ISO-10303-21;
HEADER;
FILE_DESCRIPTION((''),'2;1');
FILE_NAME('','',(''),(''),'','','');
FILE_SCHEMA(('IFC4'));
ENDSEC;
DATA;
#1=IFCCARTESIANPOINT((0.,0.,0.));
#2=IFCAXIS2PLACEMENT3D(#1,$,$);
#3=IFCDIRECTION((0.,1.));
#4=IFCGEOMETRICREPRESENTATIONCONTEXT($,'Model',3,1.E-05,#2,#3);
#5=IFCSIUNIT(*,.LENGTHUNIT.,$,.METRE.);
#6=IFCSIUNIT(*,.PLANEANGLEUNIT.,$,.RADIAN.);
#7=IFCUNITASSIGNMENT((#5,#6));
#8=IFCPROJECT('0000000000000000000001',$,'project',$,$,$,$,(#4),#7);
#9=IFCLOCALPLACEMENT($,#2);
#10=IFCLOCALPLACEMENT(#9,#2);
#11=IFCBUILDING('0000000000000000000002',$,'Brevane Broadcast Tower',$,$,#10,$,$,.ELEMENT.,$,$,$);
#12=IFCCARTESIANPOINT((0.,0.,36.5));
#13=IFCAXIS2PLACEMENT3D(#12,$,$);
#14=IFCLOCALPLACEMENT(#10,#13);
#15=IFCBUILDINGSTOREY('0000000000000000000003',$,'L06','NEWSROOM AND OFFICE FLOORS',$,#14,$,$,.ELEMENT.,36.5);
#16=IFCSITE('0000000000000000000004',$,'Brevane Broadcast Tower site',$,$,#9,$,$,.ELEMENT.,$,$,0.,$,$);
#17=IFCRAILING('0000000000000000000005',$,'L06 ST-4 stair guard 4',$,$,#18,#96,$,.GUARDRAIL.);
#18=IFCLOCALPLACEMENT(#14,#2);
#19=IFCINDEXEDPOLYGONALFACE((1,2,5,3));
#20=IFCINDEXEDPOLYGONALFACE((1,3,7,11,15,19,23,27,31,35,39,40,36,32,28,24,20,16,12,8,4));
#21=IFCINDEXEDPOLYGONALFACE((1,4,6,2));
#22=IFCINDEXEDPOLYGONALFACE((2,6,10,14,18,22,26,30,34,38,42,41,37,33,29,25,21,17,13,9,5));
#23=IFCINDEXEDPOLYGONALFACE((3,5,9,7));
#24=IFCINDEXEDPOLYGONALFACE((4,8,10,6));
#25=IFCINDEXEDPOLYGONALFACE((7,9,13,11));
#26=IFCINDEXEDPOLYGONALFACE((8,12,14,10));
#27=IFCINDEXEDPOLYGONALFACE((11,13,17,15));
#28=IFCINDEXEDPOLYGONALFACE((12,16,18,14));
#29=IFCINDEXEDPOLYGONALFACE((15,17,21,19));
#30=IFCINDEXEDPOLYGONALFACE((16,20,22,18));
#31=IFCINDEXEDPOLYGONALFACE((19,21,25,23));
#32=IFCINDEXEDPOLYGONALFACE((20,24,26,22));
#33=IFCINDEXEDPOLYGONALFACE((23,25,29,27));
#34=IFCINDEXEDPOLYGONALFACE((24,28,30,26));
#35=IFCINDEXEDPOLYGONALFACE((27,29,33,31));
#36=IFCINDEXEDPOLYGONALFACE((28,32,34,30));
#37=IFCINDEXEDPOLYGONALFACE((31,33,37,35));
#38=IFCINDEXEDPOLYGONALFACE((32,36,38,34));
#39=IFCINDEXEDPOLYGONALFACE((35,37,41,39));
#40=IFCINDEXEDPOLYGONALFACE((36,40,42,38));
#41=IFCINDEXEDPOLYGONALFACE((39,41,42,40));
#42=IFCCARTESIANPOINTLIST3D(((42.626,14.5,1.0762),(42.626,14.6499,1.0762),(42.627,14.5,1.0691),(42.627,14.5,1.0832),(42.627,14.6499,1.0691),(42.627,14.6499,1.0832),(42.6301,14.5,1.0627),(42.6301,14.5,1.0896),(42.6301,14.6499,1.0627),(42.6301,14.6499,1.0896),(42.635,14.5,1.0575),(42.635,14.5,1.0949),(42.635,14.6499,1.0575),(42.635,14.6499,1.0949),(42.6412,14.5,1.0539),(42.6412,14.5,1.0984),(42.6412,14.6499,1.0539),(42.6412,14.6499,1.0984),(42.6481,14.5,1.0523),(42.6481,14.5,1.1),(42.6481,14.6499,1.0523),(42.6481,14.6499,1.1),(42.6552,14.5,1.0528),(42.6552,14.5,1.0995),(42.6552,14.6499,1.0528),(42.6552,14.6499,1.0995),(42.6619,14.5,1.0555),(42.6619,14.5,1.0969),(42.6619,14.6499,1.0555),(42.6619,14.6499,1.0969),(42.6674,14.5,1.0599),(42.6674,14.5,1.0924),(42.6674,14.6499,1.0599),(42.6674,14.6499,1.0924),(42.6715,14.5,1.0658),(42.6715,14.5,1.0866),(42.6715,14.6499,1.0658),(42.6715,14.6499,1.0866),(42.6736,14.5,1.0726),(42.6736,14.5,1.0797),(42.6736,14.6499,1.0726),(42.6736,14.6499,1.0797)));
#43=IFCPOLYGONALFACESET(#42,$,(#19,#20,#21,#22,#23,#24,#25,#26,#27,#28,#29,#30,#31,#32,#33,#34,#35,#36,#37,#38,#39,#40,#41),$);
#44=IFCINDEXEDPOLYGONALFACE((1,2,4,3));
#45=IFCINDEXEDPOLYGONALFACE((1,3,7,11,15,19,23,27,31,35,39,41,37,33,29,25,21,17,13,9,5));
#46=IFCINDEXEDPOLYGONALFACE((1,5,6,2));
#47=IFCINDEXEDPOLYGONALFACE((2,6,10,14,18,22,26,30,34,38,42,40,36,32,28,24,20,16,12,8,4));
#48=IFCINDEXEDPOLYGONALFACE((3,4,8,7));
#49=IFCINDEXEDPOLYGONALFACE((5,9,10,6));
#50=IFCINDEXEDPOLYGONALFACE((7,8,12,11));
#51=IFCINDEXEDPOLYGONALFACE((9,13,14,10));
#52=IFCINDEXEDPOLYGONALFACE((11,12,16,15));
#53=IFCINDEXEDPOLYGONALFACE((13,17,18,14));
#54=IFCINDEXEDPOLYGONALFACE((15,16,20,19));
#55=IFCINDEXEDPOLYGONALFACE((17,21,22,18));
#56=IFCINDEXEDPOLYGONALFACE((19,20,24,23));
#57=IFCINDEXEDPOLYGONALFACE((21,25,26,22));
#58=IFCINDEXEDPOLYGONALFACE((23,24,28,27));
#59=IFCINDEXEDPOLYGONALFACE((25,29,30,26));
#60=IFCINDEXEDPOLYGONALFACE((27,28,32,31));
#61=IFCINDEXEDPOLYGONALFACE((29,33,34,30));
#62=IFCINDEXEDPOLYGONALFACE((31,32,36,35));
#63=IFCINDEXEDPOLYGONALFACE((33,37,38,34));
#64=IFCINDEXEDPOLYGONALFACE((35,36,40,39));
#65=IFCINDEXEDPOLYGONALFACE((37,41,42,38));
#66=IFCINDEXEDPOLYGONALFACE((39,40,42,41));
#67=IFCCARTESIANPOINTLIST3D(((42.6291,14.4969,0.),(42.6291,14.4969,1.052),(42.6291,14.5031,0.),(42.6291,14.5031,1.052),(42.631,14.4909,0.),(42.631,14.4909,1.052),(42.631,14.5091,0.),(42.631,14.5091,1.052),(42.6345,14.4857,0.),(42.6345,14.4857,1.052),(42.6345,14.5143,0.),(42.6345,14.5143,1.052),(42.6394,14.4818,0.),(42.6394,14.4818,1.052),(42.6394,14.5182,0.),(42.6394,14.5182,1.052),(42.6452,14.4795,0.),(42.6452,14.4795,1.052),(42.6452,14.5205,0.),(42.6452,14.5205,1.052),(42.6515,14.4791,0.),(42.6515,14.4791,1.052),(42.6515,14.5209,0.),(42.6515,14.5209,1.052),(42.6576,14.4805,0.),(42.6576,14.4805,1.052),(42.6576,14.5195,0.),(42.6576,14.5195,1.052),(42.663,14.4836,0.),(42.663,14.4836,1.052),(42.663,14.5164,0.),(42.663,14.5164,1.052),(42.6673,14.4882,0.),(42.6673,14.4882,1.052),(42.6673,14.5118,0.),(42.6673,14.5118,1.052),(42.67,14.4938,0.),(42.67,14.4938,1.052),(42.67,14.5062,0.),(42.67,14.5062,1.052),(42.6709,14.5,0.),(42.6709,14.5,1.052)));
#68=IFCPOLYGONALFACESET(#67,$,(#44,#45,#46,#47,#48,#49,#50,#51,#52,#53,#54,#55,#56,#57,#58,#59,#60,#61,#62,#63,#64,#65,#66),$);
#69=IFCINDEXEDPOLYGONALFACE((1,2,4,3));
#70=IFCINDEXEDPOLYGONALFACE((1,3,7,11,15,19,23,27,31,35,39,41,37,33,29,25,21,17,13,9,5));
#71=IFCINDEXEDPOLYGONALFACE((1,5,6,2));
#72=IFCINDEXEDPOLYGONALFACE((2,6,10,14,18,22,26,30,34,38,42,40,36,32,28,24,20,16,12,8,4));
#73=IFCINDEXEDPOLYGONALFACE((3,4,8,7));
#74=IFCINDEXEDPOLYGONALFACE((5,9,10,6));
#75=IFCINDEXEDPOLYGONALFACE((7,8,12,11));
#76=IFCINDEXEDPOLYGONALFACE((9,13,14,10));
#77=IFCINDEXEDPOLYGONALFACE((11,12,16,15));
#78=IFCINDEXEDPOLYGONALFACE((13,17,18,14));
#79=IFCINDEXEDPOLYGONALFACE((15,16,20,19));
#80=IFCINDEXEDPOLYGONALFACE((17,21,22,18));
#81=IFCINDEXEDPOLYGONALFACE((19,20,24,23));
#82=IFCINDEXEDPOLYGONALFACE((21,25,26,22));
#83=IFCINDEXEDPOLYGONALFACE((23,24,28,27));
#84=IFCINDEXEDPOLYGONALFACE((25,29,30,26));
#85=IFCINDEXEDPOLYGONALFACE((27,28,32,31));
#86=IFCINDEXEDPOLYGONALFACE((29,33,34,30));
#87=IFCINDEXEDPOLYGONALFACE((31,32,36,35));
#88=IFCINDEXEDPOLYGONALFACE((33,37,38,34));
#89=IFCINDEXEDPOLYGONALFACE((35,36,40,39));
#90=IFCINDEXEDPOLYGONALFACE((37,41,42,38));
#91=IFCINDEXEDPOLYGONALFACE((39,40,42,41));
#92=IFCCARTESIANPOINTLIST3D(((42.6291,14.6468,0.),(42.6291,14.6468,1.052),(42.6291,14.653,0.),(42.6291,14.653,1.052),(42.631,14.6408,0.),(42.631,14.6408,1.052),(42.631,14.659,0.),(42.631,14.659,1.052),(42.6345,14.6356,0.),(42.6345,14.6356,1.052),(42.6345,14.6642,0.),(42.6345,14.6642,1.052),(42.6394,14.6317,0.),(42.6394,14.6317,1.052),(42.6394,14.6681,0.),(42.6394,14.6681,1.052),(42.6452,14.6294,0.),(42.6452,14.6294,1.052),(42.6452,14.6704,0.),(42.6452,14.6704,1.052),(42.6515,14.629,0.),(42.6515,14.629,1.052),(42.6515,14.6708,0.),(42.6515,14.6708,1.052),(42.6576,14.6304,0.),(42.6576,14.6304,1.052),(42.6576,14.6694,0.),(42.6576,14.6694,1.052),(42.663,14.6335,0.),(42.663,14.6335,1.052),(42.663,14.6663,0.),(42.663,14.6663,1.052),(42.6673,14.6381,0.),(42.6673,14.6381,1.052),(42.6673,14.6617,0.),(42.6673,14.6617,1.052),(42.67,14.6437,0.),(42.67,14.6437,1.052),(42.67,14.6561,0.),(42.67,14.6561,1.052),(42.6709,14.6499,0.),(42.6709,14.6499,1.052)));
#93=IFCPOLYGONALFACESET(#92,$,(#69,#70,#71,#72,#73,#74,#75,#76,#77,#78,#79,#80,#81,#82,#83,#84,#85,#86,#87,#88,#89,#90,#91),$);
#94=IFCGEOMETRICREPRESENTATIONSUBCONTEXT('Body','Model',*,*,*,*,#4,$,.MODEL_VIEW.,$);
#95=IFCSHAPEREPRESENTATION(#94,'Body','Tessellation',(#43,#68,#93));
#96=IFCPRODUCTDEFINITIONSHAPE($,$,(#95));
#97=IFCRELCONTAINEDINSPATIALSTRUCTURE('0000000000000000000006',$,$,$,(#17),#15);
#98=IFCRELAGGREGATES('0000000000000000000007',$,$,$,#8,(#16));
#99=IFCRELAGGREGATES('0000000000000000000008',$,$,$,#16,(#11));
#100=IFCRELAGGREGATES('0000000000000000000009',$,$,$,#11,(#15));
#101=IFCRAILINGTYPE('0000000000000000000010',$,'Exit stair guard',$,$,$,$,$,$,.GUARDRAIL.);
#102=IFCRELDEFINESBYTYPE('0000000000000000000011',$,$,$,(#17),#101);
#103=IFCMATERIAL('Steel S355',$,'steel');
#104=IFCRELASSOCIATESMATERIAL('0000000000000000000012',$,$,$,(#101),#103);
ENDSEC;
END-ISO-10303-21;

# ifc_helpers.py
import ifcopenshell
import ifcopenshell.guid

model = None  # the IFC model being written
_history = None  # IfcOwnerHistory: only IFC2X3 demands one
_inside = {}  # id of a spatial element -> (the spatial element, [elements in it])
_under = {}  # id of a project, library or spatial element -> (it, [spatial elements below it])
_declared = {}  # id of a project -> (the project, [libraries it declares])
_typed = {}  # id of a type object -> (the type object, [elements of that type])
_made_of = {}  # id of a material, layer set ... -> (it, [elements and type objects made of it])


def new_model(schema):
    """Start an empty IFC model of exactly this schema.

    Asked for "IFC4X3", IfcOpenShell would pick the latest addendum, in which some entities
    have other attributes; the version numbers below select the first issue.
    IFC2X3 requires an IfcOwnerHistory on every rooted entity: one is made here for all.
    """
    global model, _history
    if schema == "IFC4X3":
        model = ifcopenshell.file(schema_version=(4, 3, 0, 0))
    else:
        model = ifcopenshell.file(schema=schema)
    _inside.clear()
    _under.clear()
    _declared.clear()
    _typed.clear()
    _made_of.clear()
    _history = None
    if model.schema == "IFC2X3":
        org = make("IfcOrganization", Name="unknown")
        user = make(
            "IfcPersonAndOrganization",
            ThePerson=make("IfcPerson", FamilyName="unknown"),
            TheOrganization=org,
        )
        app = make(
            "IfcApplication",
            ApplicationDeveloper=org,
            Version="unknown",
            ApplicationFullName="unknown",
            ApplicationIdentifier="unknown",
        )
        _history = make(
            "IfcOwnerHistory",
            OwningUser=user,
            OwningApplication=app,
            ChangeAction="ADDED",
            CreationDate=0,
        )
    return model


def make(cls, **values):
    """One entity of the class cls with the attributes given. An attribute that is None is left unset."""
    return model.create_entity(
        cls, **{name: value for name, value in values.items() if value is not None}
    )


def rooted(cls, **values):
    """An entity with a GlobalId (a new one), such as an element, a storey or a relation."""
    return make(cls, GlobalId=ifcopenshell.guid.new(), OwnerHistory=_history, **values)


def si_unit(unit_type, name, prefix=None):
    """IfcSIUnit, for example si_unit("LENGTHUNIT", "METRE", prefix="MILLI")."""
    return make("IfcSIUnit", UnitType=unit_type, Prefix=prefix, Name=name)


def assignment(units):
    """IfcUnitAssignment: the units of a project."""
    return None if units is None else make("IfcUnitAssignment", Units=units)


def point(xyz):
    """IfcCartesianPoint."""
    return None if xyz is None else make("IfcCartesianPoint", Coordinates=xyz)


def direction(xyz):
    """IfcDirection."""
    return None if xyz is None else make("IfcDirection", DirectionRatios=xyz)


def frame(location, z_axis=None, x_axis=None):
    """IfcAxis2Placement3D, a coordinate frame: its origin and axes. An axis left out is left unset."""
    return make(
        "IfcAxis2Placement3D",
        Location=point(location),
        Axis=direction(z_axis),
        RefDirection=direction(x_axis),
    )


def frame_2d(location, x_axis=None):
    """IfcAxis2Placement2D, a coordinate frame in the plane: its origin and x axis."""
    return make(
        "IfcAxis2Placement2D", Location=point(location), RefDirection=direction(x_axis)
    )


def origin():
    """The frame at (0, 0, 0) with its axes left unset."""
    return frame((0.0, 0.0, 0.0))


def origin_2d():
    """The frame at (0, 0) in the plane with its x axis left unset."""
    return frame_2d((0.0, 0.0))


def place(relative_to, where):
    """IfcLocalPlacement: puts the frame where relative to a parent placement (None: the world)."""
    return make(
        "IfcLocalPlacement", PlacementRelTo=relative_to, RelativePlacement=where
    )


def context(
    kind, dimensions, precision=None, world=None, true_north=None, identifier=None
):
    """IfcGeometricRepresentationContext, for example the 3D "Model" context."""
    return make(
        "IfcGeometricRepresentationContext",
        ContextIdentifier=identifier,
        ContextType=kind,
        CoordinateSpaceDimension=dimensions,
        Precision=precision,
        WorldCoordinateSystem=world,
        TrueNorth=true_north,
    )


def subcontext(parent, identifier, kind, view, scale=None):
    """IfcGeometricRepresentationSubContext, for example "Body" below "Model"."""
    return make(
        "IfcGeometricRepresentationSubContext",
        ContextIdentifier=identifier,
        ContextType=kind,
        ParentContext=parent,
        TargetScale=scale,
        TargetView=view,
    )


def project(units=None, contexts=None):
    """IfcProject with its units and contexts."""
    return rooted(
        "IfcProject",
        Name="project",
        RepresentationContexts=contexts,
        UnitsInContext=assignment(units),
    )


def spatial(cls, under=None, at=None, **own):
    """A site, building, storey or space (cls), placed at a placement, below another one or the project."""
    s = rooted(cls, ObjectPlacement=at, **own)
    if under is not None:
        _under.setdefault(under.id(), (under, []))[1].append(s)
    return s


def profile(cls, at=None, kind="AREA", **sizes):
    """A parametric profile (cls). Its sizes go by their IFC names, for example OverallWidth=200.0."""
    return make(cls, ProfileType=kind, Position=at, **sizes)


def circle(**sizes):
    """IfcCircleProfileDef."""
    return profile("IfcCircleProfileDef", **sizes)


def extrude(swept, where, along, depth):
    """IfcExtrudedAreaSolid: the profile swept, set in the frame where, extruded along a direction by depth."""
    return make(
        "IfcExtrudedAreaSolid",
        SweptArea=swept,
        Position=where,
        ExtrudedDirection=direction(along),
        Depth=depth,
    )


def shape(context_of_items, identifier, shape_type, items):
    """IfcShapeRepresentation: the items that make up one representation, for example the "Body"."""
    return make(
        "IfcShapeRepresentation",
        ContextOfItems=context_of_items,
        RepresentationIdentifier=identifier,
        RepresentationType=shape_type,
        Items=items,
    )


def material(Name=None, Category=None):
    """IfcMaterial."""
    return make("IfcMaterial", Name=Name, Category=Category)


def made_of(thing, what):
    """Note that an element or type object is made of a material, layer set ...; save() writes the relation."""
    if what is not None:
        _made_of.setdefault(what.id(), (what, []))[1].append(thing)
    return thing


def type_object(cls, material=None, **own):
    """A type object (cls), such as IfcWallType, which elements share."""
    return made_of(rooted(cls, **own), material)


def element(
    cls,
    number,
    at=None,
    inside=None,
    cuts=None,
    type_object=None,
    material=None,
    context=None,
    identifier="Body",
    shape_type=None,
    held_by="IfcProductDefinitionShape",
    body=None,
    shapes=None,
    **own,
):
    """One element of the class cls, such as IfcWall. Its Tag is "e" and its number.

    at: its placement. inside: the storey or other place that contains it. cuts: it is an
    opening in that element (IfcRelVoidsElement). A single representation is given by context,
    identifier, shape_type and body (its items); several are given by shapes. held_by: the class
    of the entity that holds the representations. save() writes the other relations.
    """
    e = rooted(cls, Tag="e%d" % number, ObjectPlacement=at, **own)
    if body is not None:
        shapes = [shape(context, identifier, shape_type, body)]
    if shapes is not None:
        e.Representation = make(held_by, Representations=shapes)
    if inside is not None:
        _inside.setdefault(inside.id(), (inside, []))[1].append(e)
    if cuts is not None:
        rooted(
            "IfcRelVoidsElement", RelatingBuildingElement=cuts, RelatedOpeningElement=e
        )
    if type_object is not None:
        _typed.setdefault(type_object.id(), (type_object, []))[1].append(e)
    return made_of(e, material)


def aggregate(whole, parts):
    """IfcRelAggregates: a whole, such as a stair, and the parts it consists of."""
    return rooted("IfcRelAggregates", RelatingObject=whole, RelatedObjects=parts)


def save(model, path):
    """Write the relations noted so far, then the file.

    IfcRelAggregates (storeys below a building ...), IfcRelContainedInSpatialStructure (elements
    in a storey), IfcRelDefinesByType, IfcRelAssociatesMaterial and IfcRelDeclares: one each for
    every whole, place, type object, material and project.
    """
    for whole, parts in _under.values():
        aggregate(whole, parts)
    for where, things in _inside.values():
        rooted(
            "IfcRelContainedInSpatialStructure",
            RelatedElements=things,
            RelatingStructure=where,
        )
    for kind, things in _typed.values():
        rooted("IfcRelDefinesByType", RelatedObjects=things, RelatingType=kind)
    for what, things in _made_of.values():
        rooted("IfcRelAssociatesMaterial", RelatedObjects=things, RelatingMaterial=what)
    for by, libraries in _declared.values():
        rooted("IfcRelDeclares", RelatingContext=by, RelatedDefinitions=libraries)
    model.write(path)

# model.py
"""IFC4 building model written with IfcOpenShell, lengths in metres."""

from ifc_helpers import new_model, si_unit, direction, frame, origin, origin_2d, place, context, subcontext, project, spatial, circle, extrude, material, type_object, element, save


model = new_model("IFC4")

# Units and contexts
model_context = context("Model", 3, precision=1e-05, world=origin(), true_north=direction((0.0, 1.0)))
body_context = subcontext(model_context, "Body", "Model", "MODEL_VIEW")
ifc_project = project(units=[si_unit("LENGTHUNIT", "METRE"), si_unit("PLANEANGLEUNIT", "RADIAN")], contexts=[model_context])

# Site, building, storey
site_placement = place(None, origin())
site = spatial("IfcSite", under=ifc_project, at=site_placement, Name="Brevane Broadcast Tower site", CompositionType="ELEMENT", RefElevation=0.0)
building_placement = place(site_placement, origin())
building = spatial("IfcBuilding", under=site, at=building_placement, Name="Brevane Broadcast Tower", CompositionType="ELEMENT")
storey_placement = place(building_placement, frame((0.0, 0.0, 36.5)))
storey = spatial("IfcBuildingStorey", under=building, at=storey_placement, Name="L06", Description="NEWSROOM AND OFFICE FLOORS", CompositionType="ELEMENT", Elevation=36.5)

# Railing
ifc_material_1 = material(Name="Steel S355", Category="steel")
railing_type_1 = type_object("IfcRailingType", Name="Exit stair guard", PredefinedType="GUARDRAIL", material=ifc_material_1)
railing_1_placement = place(storey_placement, frame((42.6499, 14.5, 0.0)))
element("IfcRailing", 1, at=railing_1_placement, inside=storey, type_object=railing_type_1, Name="L06 ST-4 stair guard 4", PredefinedType="GUARDRAIL", context=body_context, shape_type="SweptSolid", body=[
    extrude(circle(Radius=0.0239, at=origin_2d()), frame((0.0, 0.0, 1.0762), z_axis=(0.0, 1.0, 0.0), x_axis=(-1.0, 0.0, 0.0)), (0.0, 0.0, 1.0), 0.1499),
    extrude(circle(Radius=0.021, at=origin_2d()), origin(), (0.0, 0.0, 1.0), 1.052),
    extrude(circle(Radius=0.021, at=origin_2d()), frame((0.0, 0.1499, 0.0)), (0.0, 0.0, 1.0), 1.052),
])

save(model, "model.ifc")
